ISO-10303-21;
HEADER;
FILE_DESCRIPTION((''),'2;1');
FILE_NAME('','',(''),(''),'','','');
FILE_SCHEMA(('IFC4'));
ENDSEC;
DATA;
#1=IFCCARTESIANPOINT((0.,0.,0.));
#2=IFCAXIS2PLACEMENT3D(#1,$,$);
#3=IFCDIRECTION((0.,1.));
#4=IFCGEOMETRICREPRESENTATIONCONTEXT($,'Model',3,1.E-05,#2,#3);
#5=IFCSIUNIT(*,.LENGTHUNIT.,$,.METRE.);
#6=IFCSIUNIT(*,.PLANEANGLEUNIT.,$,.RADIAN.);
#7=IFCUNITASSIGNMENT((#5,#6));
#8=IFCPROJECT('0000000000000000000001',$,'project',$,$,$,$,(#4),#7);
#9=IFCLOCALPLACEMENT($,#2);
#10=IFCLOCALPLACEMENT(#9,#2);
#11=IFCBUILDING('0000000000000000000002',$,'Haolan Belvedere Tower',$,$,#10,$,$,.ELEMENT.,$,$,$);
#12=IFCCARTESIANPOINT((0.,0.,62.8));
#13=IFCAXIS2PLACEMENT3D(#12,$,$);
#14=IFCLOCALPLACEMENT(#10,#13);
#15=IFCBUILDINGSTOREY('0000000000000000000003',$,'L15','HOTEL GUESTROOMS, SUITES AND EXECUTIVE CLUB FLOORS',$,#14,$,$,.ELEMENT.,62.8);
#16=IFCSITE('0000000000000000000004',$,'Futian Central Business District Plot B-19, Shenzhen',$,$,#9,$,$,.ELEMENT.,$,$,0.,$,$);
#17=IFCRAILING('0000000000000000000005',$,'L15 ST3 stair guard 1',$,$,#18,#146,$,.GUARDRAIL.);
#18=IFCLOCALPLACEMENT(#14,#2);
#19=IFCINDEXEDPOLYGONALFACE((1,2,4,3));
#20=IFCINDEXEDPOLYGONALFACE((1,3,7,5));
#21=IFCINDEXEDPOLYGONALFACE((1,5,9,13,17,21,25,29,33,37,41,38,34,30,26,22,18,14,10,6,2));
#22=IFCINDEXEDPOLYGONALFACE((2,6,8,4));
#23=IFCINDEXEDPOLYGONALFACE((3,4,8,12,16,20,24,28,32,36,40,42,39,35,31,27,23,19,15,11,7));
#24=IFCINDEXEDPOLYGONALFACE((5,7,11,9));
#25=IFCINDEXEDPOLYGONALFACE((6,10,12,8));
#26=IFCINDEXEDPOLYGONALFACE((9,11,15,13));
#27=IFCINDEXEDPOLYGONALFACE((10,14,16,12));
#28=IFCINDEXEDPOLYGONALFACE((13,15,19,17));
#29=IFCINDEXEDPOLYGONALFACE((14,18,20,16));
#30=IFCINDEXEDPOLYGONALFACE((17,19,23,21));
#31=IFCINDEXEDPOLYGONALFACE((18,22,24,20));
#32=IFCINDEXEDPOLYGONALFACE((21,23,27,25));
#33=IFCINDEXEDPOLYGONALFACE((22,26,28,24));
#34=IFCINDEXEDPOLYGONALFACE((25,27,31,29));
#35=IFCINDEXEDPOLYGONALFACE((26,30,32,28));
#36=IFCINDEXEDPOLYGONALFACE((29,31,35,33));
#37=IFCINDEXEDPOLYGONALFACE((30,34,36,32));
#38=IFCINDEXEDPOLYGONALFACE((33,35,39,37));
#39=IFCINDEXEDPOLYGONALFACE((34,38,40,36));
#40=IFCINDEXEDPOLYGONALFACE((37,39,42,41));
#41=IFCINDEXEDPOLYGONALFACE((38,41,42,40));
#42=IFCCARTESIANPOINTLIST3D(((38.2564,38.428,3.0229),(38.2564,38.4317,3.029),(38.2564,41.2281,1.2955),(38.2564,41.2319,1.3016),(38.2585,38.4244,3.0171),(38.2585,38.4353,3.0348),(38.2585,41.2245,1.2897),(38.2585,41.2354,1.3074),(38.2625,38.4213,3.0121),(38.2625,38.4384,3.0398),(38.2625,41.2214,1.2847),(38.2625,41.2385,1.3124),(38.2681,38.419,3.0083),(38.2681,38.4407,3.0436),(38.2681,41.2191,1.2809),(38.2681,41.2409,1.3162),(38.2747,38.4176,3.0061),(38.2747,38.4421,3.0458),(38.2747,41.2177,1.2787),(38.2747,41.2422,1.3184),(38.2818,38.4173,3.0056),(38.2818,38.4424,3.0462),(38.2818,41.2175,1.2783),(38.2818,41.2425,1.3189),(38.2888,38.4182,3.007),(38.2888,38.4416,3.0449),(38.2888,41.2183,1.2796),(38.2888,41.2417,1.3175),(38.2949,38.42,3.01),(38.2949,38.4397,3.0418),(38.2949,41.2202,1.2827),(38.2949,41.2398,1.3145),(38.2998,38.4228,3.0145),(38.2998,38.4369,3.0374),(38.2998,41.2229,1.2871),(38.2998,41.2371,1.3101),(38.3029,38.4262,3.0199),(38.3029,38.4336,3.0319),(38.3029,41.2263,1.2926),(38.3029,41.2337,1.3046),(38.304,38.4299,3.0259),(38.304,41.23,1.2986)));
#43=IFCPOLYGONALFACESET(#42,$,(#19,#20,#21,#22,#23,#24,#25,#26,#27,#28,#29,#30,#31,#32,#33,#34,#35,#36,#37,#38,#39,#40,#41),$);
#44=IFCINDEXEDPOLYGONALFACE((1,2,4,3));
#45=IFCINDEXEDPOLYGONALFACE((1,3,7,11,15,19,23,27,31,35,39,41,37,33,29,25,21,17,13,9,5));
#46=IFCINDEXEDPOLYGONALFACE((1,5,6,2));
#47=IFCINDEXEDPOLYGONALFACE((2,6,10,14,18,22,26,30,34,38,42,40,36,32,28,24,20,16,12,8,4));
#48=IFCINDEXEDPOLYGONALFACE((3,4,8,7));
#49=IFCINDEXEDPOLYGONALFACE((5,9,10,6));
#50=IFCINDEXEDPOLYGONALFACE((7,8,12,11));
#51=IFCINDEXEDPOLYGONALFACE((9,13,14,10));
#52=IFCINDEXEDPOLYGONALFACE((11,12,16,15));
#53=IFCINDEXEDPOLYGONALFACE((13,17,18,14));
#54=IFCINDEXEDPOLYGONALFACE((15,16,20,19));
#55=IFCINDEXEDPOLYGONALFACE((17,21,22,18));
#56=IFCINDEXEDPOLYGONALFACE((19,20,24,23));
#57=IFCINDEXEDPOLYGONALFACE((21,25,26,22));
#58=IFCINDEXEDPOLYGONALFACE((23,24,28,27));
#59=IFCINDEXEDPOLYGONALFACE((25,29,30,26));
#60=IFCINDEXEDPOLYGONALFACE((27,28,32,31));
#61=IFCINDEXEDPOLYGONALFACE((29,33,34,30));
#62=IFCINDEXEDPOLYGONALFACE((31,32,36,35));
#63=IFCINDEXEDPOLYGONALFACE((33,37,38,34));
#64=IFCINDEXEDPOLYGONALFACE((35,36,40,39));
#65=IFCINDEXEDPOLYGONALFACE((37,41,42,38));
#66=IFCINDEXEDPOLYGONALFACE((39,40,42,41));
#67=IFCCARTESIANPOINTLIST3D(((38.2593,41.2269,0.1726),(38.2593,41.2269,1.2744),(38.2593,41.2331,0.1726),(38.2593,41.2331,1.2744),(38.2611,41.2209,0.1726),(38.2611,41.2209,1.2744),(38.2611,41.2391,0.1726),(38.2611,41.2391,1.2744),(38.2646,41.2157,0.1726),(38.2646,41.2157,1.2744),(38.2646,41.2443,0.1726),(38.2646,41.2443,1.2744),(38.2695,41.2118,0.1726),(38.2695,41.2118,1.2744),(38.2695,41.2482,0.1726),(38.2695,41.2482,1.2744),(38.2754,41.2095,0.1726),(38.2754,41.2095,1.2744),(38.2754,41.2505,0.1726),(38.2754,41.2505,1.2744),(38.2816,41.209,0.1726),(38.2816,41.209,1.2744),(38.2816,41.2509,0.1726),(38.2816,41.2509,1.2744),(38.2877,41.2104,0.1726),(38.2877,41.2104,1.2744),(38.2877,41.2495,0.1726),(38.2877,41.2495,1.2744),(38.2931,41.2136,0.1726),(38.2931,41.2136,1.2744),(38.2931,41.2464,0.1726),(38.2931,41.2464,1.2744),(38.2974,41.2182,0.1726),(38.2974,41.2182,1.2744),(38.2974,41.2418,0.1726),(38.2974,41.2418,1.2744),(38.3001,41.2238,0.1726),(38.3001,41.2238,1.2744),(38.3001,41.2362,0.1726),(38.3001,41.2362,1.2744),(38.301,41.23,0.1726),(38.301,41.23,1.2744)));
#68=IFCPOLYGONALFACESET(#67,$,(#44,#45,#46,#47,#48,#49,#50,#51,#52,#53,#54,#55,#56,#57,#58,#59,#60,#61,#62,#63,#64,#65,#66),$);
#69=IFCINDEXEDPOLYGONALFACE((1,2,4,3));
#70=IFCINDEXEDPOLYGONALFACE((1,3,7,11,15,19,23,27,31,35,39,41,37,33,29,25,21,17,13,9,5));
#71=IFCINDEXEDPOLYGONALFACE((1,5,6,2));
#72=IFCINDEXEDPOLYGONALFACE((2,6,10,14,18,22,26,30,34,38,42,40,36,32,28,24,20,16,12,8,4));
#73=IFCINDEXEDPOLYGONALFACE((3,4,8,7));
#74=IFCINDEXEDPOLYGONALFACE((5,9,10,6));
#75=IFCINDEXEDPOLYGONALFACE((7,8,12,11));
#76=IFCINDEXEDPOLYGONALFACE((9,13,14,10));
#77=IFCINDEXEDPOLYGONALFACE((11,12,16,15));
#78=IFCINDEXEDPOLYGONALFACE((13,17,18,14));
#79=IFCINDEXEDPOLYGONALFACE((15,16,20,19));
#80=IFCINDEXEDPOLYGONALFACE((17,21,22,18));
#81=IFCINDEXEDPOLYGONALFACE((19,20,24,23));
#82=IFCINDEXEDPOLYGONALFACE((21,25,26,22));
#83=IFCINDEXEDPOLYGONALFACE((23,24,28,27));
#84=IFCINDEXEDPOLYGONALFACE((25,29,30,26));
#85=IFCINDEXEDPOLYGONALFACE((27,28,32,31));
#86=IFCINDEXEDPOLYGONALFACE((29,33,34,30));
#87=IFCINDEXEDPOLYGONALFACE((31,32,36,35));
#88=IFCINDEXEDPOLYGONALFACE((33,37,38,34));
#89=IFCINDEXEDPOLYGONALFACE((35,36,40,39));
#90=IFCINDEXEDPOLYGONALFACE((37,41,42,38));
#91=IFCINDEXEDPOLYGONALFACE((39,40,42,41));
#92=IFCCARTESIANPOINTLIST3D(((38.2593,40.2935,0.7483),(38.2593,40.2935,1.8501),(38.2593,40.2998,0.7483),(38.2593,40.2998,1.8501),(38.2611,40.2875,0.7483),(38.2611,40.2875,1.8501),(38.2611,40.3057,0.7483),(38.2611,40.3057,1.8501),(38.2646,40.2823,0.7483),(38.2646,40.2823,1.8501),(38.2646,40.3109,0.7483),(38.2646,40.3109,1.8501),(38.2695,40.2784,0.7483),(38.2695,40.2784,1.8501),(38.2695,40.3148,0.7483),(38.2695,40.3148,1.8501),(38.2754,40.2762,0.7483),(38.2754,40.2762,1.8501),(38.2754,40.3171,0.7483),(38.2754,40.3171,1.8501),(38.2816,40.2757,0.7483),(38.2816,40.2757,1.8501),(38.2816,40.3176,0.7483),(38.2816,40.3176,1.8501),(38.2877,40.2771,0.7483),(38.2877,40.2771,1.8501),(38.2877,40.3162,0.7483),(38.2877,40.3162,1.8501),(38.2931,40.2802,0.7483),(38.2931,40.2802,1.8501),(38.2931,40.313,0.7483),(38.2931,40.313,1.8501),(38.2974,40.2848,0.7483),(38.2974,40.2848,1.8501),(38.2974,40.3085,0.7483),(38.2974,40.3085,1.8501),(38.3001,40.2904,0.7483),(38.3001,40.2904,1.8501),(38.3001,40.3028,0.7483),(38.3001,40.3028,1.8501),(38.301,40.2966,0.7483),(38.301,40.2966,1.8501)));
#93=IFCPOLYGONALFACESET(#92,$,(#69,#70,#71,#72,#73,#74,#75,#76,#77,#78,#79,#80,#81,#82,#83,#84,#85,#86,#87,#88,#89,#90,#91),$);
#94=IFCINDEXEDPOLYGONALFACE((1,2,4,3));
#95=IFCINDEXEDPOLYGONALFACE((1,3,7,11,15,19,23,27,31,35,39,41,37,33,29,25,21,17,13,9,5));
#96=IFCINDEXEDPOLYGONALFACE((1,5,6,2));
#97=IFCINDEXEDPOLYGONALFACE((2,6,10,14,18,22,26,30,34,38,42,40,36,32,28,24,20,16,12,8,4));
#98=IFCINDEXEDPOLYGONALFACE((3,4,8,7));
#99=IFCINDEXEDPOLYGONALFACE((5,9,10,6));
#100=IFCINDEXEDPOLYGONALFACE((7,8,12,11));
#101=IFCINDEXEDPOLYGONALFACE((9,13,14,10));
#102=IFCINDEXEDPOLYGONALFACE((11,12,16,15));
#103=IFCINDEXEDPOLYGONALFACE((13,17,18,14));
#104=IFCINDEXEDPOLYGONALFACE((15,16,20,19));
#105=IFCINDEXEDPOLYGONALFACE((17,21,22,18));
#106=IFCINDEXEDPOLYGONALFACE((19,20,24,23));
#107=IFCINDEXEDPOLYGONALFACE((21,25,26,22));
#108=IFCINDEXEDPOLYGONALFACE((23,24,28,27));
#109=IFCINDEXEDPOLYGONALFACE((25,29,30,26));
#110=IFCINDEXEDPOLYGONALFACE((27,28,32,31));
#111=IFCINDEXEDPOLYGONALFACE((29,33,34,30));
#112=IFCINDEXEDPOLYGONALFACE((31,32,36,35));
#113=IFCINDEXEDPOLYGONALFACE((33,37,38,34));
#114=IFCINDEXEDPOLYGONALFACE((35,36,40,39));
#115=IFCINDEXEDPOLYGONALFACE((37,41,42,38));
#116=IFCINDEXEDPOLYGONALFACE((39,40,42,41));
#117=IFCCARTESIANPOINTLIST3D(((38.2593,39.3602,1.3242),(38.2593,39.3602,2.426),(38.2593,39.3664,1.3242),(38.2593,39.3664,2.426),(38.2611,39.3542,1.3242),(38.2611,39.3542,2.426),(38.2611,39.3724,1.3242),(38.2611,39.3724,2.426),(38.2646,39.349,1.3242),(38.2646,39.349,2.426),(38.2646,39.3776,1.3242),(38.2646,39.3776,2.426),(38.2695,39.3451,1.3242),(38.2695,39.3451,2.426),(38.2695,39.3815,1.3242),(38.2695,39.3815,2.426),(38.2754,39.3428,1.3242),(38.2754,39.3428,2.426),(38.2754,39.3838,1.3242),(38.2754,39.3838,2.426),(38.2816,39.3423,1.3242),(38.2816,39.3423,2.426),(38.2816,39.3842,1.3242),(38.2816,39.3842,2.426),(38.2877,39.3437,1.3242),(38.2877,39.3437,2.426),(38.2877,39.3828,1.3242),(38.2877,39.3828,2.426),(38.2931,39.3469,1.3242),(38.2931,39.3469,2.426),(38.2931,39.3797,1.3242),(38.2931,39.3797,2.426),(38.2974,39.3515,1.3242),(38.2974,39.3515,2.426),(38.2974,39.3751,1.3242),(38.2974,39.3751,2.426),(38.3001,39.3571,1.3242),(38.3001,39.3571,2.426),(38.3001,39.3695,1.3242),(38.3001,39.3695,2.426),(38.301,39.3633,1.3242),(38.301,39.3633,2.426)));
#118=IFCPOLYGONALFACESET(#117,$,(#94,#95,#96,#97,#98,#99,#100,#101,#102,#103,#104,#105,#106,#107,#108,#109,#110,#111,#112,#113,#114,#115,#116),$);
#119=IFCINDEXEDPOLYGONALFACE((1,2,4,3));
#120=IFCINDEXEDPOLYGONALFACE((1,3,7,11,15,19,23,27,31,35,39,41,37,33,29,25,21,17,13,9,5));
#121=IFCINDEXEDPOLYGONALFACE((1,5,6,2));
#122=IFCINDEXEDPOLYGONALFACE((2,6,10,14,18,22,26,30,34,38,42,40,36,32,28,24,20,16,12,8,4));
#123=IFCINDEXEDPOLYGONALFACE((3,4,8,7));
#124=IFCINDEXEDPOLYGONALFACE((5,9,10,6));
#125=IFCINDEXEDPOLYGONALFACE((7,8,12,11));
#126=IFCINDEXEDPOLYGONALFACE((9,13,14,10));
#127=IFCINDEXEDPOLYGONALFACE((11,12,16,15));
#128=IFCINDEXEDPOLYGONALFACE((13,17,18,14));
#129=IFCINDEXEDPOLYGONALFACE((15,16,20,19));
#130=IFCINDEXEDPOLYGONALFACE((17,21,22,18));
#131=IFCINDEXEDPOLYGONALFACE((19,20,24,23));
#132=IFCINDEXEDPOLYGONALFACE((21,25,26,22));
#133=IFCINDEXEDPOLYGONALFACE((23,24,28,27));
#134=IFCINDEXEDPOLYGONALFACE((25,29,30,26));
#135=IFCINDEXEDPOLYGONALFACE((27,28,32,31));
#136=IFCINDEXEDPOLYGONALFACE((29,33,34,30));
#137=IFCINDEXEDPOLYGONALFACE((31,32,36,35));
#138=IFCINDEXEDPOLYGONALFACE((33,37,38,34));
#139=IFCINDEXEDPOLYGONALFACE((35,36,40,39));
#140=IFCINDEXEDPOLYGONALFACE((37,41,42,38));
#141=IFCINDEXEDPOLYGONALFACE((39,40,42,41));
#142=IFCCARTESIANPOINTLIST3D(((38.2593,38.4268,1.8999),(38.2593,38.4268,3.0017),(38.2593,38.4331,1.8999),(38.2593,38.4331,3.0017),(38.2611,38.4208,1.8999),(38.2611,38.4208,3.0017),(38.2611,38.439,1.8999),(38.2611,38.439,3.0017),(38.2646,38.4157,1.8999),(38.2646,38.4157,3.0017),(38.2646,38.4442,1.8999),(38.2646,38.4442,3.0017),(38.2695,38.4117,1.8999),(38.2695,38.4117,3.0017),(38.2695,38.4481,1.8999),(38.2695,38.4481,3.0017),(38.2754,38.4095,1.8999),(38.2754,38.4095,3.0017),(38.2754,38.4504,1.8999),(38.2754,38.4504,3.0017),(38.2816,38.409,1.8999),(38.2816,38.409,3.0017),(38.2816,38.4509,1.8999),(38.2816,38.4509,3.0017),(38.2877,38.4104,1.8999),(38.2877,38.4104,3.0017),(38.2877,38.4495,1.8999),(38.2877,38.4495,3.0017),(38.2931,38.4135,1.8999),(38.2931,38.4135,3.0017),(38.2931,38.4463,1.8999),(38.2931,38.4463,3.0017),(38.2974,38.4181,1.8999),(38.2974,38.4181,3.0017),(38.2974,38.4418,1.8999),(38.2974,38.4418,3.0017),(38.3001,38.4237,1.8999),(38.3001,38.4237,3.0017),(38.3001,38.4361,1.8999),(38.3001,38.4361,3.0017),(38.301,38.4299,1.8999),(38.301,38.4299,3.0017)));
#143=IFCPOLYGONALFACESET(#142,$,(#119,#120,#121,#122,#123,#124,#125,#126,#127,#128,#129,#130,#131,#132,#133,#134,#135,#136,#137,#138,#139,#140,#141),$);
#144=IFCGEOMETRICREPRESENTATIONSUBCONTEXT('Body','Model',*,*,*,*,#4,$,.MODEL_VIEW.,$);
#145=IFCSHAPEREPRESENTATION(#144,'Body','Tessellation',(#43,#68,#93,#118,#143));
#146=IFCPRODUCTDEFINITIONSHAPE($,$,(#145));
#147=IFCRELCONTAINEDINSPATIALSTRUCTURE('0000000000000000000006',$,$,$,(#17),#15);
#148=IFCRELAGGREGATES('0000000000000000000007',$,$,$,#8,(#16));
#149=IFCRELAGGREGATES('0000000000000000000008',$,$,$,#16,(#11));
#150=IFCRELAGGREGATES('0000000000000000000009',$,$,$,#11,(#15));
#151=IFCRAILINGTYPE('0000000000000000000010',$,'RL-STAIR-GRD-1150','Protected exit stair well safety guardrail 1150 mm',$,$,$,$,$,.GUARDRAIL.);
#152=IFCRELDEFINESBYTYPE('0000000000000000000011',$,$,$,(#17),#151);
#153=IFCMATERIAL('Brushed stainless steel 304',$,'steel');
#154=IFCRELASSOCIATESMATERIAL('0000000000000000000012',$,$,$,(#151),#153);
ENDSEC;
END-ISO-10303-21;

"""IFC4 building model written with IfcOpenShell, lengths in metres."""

from ifc_helpers import new_model, si_unit, direction, frame, origin, origin_2d, place, context, subcontext, project, spatial, circle, extrude, material, type_object, element, save


model = new_model("IFC4")

# Units and contexts
model_context = context("Model", 3, precision=1e-05, world=origin(), true_north=direction((0.0, 1.0)))
body_context = subcontext(model_context, "Body", "Model", "MODEL_VIEW")
ifc_project = project(units=[si_unit("LENGTHUNIT", "METRE"), si_unit("PLANEANGLEUNIT", "RADIAN")], contexts=[model_context])

# Site, building, storey
site_placement = place(None, origin())
site = spatial("IfcSite", under=ifc_project, at=site_placement, Name="Futian Central Business District Plot B-19, Shenzhen", CompositionType="ELEMENT", RefElevation=0.0)
building_placement = place(site_placement, origin())
building = spatial("IfcBuilding", under=site, at=building_placement, Name="Haolan Belvedere Tower", CompositionType="ELEMENT")
storey_placement = place(building_placement, frame((0.0, 0.0, 62.8)))
storey = spatial("IfcBuildingStorey", under=building, at=storey_placement, Name="L15", Description="HOTEL GUESTROOMS, SUITES AND EXECUTIVE CLUB FLOORS", CompositionType="ELEMENT", Elevation=62.8)

# Railing
ifc_material_1 = material(Name="Brushed stainless steel 304", Category="steel")
railing_type_1 = type_object("IfcRailingType", Name="RL-STAIR-GRD-1150", Description="Protected exit stair well safety guardrail 1150 mm", PredefinedType="GUARDRAIL", material=ifc_material_1)
railing_1_placement = place(storey_placement, frame((38.28, 41.23, 0.1726)))
element("IfcRailing", 1, at=railing_1_placement, inside=storey, type_object=railing_type_1, Name="L15 ST3 stair guard 1", PredefinedType="GUARDRAIL", context=body_context, shape_type="SweptSolid", body=[
    extrude(circle(Radius=0.0239, at=origin_2d()), frame((0.0, 0.0, 1.126), z_axis=(0.0, -0.85109, 0.52502), x_axis=(1.0, 0.0, 0.0)), (0.0, 0.0, 1.0), 3.29),
    extrude(circle(Radius=0.021, at=origin_2d()), origin(), (0.0, 0.0, 1.0), 1.1018),
    extrude(circle(Radius=0.021, at=origin_2d()), frame((0.0, -0.9333, 0.5757)), (0.0, 0.0, 1.0), 1.1018),
    extrude(circle(Radius=0.021, at=origin_2d()), frame((0.0, -1.8667, 1.1516)), (0.0, 0.0, 1.0), 1.1018),
    extrude(circle(Radius=0.021, at=origin_2d()), frame((0.0, -2.8, 1.7273)), (0.0, 0.0, 1.0), 1.1018),
])

save(model, "model.ifc")
